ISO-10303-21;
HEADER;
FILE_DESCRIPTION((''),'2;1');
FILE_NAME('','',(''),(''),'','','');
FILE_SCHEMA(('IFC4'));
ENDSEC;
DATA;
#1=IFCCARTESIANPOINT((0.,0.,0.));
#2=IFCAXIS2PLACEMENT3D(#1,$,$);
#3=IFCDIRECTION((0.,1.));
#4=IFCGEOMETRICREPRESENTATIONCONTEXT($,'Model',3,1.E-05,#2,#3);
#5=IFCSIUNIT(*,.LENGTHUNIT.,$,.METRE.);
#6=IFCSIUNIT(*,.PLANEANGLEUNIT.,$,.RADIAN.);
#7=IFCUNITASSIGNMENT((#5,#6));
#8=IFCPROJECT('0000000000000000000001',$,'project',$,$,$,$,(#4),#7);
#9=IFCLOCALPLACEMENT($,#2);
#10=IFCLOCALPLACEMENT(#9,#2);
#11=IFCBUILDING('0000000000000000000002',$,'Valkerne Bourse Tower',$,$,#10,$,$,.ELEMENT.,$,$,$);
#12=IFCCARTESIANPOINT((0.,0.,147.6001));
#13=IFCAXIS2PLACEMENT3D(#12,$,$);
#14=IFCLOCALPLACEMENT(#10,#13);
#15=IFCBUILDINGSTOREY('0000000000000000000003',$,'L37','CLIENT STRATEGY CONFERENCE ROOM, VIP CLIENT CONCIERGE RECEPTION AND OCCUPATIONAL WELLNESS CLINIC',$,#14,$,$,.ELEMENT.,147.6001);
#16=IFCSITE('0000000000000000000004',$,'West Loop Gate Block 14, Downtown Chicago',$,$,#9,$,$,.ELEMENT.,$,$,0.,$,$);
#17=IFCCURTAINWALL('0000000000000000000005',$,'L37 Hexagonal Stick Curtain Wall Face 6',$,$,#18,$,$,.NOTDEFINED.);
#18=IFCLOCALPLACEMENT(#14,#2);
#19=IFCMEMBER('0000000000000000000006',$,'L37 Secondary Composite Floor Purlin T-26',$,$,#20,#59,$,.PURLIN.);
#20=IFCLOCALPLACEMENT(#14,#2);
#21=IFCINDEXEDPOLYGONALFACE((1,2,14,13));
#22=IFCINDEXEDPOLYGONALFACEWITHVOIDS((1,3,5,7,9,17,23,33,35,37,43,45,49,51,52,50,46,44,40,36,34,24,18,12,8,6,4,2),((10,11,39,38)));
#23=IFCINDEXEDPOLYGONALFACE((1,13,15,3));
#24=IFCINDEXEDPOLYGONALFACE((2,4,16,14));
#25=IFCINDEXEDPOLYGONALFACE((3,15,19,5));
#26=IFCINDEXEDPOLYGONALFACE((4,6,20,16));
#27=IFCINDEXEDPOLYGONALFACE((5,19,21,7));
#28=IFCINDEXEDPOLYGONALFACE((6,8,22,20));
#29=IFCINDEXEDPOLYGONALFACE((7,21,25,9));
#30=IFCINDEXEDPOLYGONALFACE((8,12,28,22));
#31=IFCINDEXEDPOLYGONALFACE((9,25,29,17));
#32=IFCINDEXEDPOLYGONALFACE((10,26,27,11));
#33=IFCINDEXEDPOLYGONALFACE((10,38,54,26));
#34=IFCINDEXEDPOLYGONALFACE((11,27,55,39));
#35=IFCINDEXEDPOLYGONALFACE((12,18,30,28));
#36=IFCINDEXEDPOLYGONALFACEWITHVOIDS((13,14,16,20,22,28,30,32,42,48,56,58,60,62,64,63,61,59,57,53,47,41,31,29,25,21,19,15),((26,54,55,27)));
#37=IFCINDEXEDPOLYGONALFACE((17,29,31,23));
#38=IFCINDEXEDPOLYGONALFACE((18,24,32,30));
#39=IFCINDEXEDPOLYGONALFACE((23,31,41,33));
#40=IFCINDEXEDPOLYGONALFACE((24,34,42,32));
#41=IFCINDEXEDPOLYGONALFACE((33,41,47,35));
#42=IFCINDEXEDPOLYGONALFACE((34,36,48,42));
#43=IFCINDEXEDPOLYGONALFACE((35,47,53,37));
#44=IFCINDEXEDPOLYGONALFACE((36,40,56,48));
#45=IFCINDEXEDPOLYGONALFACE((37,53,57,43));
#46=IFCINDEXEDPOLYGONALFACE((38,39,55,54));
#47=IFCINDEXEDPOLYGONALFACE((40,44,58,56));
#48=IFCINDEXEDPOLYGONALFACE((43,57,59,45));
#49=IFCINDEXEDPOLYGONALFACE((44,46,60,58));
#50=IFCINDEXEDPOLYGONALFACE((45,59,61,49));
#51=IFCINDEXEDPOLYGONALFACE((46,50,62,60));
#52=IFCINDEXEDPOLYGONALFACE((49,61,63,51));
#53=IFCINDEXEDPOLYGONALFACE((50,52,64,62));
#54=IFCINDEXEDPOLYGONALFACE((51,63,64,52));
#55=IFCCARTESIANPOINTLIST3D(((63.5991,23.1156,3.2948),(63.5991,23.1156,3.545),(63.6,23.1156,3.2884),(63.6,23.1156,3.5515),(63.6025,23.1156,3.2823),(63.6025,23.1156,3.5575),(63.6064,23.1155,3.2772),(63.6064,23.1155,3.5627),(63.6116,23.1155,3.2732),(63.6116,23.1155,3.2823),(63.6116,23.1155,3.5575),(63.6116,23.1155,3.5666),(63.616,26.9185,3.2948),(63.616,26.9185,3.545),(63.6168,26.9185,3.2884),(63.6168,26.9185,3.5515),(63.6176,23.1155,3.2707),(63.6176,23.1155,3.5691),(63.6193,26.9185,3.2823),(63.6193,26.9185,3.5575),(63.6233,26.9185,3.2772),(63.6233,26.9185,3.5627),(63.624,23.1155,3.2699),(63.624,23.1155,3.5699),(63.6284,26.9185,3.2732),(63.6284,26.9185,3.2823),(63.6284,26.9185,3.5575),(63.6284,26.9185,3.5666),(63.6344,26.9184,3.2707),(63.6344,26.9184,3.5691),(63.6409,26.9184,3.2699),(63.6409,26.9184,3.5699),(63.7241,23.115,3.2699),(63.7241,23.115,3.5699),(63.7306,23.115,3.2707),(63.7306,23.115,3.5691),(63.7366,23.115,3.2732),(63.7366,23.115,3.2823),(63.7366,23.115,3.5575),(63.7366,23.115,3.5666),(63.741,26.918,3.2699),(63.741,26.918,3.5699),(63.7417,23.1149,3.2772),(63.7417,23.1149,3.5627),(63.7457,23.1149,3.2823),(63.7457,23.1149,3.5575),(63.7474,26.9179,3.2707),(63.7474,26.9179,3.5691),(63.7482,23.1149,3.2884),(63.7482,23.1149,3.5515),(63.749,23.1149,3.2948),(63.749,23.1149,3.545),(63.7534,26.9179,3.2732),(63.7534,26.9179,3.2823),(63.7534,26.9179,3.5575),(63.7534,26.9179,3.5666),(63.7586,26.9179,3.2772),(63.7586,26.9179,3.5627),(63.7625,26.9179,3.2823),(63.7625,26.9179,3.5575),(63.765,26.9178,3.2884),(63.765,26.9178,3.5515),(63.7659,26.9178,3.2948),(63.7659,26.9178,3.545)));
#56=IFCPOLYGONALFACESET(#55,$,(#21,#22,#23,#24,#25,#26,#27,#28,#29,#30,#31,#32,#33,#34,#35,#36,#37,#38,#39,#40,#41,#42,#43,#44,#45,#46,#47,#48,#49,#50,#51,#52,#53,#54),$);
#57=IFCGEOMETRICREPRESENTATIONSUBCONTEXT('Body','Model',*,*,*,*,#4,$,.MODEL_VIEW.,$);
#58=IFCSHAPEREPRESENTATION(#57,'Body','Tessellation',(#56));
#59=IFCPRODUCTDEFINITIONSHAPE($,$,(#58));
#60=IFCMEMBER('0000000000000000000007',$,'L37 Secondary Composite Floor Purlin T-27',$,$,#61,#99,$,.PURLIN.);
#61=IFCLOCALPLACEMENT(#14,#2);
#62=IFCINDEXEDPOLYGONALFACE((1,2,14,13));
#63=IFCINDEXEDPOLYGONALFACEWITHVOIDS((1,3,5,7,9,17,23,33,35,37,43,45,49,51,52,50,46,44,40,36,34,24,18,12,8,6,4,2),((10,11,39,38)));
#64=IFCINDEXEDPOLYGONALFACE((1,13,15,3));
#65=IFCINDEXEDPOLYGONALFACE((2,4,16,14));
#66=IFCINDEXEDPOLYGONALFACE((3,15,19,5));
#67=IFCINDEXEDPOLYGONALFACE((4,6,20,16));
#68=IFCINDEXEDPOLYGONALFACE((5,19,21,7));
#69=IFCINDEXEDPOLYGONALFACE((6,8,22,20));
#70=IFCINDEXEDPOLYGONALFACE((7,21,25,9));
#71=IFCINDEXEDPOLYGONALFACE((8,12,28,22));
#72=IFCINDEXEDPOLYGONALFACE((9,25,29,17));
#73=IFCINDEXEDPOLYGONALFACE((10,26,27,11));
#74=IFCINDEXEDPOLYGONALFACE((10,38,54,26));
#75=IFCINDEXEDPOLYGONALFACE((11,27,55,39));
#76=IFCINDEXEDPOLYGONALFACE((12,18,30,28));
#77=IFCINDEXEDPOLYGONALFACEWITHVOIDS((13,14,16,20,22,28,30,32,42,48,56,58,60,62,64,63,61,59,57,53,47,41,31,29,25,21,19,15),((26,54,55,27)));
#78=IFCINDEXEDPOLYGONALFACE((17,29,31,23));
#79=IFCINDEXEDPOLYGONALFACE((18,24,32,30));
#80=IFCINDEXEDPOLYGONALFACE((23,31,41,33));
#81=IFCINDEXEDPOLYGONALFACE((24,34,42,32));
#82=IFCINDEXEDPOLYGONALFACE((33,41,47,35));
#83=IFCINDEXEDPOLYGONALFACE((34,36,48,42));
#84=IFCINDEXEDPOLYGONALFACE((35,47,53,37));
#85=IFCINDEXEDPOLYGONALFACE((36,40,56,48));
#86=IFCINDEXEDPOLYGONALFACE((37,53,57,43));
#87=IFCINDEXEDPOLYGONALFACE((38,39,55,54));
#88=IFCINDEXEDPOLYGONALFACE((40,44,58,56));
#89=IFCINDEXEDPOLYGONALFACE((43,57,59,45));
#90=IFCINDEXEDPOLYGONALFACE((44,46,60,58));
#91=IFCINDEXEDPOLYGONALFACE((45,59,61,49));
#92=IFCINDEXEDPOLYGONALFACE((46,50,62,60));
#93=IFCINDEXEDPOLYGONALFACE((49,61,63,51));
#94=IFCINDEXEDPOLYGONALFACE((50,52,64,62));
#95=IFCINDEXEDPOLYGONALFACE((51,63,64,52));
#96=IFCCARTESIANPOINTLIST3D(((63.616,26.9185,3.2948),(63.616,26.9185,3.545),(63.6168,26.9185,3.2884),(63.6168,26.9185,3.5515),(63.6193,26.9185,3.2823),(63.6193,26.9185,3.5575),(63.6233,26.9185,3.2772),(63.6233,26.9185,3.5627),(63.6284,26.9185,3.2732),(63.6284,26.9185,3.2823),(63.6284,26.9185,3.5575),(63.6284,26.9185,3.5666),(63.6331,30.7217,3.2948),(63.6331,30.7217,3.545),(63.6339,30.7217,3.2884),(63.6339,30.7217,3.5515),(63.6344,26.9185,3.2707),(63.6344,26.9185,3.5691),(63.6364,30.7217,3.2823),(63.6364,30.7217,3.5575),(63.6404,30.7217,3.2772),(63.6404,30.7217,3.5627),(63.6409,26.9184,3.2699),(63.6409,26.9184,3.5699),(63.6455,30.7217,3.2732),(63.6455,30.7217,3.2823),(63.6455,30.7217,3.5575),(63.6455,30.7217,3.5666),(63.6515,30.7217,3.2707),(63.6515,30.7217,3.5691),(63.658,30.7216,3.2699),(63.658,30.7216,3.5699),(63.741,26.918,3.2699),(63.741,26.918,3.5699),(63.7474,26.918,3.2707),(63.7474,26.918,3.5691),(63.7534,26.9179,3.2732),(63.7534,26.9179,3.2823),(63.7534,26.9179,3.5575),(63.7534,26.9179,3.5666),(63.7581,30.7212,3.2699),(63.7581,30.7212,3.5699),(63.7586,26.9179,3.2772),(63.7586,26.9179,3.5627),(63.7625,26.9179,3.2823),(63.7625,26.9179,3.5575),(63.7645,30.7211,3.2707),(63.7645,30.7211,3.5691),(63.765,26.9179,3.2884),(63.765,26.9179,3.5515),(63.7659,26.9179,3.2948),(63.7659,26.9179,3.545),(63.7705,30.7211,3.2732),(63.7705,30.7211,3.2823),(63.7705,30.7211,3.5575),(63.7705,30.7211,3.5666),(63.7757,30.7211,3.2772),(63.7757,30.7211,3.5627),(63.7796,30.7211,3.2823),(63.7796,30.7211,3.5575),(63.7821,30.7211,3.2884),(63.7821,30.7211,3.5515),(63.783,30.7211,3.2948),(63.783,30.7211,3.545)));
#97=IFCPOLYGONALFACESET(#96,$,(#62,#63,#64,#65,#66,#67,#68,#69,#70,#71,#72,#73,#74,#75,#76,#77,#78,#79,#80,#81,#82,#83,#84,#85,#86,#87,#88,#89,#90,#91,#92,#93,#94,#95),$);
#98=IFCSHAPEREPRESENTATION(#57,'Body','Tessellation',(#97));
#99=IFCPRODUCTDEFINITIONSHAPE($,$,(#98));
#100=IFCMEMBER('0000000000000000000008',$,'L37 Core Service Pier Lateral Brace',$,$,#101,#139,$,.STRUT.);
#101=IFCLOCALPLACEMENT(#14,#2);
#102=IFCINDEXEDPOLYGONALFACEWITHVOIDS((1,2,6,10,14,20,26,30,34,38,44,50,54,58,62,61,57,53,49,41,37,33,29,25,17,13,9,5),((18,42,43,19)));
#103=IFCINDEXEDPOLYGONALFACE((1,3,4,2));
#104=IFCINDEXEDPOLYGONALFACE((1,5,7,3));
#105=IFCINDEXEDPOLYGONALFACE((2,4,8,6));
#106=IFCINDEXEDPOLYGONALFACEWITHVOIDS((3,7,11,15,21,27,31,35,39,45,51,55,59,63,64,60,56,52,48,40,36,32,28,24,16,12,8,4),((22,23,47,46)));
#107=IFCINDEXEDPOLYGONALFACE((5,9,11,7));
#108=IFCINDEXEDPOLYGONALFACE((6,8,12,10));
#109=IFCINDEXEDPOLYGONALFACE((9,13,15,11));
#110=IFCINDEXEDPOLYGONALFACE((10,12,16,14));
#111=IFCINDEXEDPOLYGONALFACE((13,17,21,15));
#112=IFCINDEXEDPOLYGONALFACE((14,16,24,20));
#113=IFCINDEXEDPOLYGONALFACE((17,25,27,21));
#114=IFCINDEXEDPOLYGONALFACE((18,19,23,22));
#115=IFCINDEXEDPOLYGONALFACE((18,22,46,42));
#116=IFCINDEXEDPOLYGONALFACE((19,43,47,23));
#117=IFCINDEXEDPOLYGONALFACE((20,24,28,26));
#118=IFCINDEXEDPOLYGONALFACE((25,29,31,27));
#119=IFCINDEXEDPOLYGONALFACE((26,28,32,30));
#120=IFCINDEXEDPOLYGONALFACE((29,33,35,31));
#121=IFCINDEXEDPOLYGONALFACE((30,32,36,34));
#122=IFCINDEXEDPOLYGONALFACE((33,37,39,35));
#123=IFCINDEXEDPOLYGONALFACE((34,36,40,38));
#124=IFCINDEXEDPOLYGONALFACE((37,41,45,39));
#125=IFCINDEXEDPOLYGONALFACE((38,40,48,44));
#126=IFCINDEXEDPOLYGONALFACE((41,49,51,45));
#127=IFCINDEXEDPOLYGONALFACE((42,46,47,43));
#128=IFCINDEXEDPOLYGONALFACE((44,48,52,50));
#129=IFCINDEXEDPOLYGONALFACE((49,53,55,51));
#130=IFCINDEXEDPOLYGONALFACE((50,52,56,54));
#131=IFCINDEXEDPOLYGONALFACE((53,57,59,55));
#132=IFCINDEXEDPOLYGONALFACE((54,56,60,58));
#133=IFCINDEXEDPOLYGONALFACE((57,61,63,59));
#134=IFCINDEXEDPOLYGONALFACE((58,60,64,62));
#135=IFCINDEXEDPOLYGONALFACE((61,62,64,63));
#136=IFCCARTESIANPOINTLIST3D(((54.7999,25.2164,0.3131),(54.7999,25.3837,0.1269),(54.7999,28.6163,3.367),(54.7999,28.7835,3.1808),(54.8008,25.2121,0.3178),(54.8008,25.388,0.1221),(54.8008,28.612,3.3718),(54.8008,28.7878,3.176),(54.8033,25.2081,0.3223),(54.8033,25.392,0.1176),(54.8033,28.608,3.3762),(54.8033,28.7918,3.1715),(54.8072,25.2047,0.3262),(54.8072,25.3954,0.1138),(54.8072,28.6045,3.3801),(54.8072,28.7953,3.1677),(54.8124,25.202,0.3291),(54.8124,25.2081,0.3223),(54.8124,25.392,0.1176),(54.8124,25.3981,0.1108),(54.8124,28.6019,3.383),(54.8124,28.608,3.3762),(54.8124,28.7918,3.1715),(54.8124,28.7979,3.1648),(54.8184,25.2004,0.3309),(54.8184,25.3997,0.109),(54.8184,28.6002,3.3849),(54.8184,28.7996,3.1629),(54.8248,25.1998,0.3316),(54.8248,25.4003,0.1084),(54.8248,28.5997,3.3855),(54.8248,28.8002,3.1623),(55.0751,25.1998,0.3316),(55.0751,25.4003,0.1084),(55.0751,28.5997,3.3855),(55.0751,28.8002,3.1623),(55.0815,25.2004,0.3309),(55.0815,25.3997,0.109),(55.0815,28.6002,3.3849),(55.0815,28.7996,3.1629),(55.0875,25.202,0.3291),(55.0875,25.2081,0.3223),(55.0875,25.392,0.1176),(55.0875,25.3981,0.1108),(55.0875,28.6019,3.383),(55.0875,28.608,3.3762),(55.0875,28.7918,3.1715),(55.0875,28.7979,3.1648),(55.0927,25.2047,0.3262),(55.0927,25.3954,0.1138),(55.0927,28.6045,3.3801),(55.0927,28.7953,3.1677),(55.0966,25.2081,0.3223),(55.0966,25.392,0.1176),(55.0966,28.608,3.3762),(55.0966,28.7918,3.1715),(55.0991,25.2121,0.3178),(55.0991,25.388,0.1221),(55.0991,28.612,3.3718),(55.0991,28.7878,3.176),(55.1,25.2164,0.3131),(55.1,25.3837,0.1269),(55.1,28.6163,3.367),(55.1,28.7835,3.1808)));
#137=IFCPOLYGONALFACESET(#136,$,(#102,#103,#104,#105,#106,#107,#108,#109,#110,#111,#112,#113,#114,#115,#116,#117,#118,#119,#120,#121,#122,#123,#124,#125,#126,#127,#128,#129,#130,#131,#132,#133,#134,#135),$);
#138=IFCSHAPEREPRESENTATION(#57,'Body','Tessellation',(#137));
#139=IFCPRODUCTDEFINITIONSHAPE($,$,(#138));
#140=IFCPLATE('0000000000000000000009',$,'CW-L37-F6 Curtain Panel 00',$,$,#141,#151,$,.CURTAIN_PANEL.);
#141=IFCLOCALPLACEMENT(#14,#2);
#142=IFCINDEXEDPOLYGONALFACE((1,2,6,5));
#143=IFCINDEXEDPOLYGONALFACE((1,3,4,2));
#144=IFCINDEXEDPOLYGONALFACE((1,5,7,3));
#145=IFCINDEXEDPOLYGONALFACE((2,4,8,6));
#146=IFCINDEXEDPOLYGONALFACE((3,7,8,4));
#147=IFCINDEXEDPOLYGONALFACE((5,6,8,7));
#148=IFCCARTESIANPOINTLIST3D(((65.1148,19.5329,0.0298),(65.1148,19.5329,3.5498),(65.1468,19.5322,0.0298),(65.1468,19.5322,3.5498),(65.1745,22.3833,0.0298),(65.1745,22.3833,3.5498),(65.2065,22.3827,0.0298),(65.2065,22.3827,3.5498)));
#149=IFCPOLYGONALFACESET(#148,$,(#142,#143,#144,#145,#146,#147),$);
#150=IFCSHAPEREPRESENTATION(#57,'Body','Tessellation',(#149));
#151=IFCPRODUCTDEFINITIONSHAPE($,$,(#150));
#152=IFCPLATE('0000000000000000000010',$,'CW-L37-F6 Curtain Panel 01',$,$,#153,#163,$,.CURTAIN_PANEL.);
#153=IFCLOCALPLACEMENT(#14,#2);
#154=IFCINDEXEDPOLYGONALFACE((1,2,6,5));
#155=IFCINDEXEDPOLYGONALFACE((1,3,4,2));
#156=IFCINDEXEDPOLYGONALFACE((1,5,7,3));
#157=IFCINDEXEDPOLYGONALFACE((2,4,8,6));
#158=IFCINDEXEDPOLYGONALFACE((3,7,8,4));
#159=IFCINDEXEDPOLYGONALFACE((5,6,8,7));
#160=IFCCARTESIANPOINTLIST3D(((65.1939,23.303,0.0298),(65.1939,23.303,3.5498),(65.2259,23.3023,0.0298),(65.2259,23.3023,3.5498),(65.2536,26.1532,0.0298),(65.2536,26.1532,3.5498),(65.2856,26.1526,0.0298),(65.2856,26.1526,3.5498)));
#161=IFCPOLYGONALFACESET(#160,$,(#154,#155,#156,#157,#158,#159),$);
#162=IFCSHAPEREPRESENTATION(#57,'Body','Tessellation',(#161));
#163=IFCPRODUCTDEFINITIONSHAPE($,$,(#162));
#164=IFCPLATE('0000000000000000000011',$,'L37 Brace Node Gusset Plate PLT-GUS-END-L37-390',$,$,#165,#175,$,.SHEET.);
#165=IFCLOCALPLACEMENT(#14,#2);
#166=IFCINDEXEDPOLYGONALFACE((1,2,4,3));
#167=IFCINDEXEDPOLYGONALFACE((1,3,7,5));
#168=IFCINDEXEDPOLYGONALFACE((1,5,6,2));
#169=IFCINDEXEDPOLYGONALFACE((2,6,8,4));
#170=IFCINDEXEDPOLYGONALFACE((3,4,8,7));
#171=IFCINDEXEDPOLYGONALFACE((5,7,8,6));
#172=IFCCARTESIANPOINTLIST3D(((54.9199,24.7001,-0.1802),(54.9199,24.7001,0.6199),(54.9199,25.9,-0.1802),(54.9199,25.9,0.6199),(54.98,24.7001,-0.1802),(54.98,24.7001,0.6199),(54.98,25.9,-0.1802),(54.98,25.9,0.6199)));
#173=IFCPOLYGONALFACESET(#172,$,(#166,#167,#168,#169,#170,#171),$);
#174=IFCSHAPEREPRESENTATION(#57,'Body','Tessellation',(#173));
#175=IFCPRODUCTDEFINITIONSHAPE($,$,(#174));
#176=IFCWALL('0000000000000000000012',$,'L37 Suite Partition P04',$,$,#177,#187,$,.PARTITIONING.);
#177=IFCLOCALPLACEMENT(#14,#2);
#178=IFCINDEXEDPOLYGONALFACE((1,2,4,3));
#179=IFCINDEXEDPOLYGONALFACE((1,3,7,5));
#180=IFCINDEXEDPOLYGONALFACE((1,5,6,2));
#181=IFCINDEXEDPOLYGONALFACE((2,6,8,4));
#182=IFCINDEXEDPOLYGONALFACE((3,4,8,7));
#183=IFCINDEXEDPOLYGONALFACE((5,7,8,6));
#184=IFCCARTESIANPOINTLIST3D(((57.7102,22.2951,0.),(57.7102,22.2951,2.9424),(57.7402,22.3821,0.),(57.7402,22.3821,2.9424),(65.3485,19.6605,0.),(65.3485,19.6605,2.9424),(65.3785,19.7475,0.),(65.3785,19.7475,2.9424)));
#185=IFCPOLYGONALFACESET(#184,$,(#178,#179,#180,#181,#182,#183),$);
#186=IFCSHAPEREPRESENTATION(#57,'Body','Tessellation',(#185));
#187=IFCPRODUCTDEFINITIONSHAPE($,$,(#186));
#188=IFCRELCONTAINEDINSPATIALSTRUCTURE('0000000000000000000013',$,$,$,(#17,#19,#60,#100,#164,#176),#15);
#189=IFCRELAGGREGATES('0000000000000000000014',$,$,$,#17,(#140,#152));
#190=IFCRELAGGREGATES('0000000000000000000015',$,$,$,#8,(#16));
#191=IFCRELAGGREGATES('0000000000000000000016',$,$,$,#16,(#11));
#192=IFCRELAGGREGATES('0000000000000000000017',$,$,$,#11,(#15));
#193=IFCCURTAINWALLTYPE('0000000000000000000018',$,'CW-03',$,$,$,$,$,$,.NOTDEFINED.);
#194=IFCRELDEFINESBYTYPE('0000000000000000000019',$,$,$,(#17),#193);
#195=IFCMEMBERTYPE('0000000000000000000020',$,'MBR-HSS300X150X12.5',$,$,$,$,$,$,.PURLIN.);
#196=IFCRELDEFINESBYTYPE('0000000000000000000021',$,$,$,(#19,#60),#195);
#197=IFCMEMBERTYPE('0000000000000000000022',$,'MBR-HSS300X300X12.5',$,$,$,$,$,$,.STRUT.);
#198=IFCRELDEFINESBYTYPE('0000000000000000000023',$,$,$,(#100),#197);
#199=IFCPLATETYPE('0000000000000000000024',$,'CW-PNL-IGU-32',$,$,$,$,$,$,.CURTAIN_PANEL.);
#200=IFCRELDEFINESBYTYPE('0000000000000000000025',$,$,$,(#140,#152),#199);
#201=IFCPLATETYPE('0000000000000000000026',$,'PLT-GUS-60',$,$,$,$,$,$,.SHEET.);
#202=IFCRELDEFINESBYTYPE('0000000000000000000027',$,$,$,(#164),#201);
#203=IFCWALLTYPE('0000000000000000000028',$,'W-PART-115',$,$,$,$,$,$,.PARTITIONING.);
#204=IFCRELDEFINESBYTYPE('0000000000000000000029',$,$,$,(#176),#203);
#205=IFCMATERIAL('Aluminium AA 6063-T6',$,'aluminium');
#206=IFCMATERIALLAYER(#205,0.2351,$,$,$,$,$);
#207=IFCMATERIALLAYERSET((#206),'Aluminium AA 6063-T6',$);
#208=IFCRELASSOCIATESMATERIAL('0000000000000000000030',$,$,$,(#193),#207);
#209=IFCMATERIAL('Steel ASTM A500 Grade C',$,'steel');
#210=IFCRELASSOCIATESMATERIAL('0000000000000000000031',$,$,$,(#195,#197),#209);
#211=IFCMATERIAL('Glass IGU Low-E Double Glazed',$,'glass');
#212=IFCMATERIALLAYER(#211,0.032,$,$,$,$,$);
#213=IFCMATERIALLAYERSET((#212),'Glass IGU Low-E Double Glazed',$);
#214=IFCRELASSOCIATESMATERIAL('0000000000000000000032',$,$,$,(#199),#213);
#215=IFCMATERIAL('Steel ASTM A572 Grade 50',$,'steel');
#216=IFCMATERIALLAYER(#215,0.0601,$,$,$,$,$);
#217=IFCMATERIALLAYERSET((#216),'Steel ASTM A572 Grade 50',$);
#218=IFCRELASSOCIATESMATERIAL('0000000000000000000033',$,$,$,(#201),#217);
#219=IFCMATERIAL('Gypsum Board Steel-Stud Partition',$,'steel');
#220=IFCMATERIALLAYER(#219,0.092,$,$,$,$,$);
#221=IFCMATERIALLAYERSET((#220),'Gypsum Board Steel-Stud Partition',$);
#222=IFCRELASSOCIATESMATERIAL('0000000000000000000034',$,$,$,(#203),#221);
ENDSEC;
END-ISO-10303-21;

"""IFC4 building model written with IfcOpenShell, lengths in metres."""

from ifc_helpers import new_model, si_unit, direction, frame, frame_2d, origin, origin_2d, place, context, subcontext, project, spatial, rectangle, hollow_rectangle, extrude, material, layer, layer_set, material_profile, profile_set, type_object, element, aggregate, save


model = new_model("IFC4")

# Units and contexts
model_context = context("Model", 3, precision=1e-05, world=origin(), true_north=direction((0.0, 1.0)))
body_context = subcontext(model_context, "Body", "Model", "MODEL_VIEW")
ifc_project = project(units=[si_unit("LENGTHUNIT", "METRE"), si_unit("PLANEANGLEUNIT", "RADIAN")], contexts=[model_context])

# Site, building, storey
site_placement = place(None, origin())
site = spatial("IfcSite", under=ifc_project, at=site_placement, Name="West Loop Gate Block 14, Downtown Chicago", CompositionType="ELEMENT", RefElevation=0.0)
building_placement = place(site_placement, origin())
building = spatial("IfcBuilding", under=site, at=building_placement, Name="Valkerne Bourse Tower", CompositionType="ELEMENT")
storey_placement = place(building_placement, frame((0.0, 0.0, 147.6001)))
storey = spatial("IfcBuildingStorey", under=building, at=storey_placement, Name="L37", Description="CLIENT STRATEGY CONFERENCE ROOM, VIP CLIENT CONCIERGE RECEPTION AND OCCUPATIONAL WELLNESS CLINIC", CompositionType="ELEMENT", Elevation=147.6001)

# Curtain wall
ifc_material_1 = material(Name="Aluminium AA 6063-T6", Category="aluminium")
ifc_layer_1 = layer(ifc_material_1, 0.2351)
ifc_layer_set_1 = layer_set([ifc_layer_1], Name="Aluminium AA 6063-T6")
curtain_wall_type = type_object("IfcCurtainWallType", Name="CW-03", PredefinedType="NOTDEFINED", material=ifc_layer_set_1)
curtain_wall_placement = place(storey_placement, origin())
curtain_wall = element("IfcCurtainWall", 1, at=curtain_wall_placement, inside=storey, type_object=curtain_wall_type, Name="L37 Hexagonal Stick Curtain Wall Face 6", PredefinedType="NOTDEFINED")

# Members
ifc_material_2 = material(Name="Steel ASTM A500 Grade C", Category="steel")
ifc_material_profile_1 = material_profile(ifc_material_2, hollow_rectangle(XDim=0.1499, YDim=0.3, WallThickness=0.0125, OuterFilletRadius=0.0249, at=origin_2d()), Name="HSS300X150X12.5")
ifc_profile_set_1 = profile_set([ifc_material_profile_1], Name="Steel ASTM A500 Grade C")
member_type_1 = type_object("IfcMemberType", Name="MBR-HSS300X150X12.5", PredefinedType="PURLIN", material=ifc_profile_set_1)
member_1_placement = place(storey_placement, frame((63.6741, 23.1152, 3.4199), z_axis=(0.00443, 0.99999, 0.0), x_axis=(-0.99999, 0.00443, 0.0)))
element("IfcMember", 2, at=member_1_placement, inside=storey, type_object=member_type_1, Name="L37 Secondary Composite Floor Purlin T-26", PredefinedType="PURLIN", context=body_context, shape_type="SweptSolid", body=[
    extrude(hollow_rectangle(XDim=0.1499, YDim=0.3, WallThickness=0.0125, OuterFilletRadius=0.0249, at=origin_2d()), origin(), (0.0, 0.0, 1.0), 3.803),
])
member_2_placement = place(storey_placement, frame((63.6909, 26.9182, 3.4199), z_axis=(0.004493, 0.99999, 0.0), x_axis=(-0.99999, 0.004493, 0.0)))
element("IfcMember", 3, at=member_2_placement, inside=storey, type_object=member_type_1, Name="L37 Secondary Composite Floor Purlin T-27", PredefinedType="PURLIN", context=body_context, shape_type="SweptSolid", body=[
    extrude(hollow_rectangle(XDim=0.1499, YDim=0.3, WallThickness=0.0125, OuterFilletRadius=0.0249, at=origin_2d()), origin(), (0.0, 0.0, 1.0), 3.8032),
])
ifc_material_profile_2 = material_profile(ifc_material_2, hollow_rectangle(XDim=0.3, YDim=0.3, WallThickness=0.0125, OuterFilletRadius=0.0249, at=origin_2d()), Name="HSS300X300X12.5")
ifc_profile_set_2 = profile_set([ifc_material_profile_2], Name="Steel ASTM A500 Grade C")
member_type_2 = type_object("IfcMemberType", Name="MBR-HSS300X300X12.5", PredefinedType="STRUT", material=ifc_profile_set_2)
member_3_placement = place(storey_placement, frame((54.95, 25.3, 0.22), z_axis=(0.0, 0.743942, 0.668244), x_axis=(-1.0, 0.0, 0.0)))
element("IfcMember", 4, at=member_3_placement, inside=storey, type_object=member_type_2, Name="L37 Core Service Pier Lateral Brace", PredefinedType="STRUT", context=body_context, shape_type="SweptSolid", body=[
    extrude(hollow_rectangle(XDim=0.3, YDim=0.3, WallThickness=0.0125, OuterFilletRadius=0.0249, at=origin_2d()), origin(), (0.0, 0.0, 1.0), 4.5701),
])

# Plates
ifc_material_3 = material(Name="Glass IGU Low-E Double Glazed", Category="glass")
ifc_layer_2 = layer(ifc_material_3, 0.032)
ifc_layer_set_2 = layer_set([ifc_layer_2], Name="Glass IGU Low-E Double Glazed")
plate_type_1 = type_object("IfcPlateType", Name="CW-PNL-IGU-32", PredefinedType="CURTAIN_PANEL", material=ifc_layer_set_2)
plate_1_placement = place(storey_placement, frame((65.1606, 20.9578, 0.0298), z_axis=(0.0, 0.0, 1.0), x_axis=(0.020949, 0.999781, 0.0)))
plate_1 = element("IfcPlate", 5, at=plate_1_placement, type_object=plate_type_1, Name="CW-L37-F6 Curtain Panel 00", PredefinedType="CURTAIN_PANEL", context=body_context, shape_type="SweptSolid", body=[
    extrude(rectangle(XDim=2.8511, YDim=0.032, at=origin_2d()), origin(), (0.0, 0.0, 1.0), 3.52),
])
plate_2_placement = place(storey_placement, frame((65.2397, 24.7278, 0.0298), z_axis=(0.0, 0.0, 1.0), x_axis=(0.02095, 0.999781, 0.0)))
plate_2 = element("IfcPlate", 6, at=plate_2_placement, type_object=plate_type_1, Name="CW-L37-F6 Curtain Panel 01", PredefinedType="CURTAIN_PANEL", context=body_context, shape_type="SweptSolid", body=[
    extrude(rectangle(XDim=2.8508, YDim=0.032, at=origin_2d()), origin(), (0.0, 0.0, 1.0), 3.52),
])
aggregate(curtain_wall, [plate_1, plate_2])
ifc_material_4 = material(Name="Steel ASTM A572 Grade 50", Category="steel")
ifc_layer_3 = layer(ifc_material_4, 0.0601)
ifc_layer_set_3 = layer_set([ifc_layer_3], Name="Steel ASTM A572 Grade 50")
plate_type_2 = type_object("IfcPlateType", Name="PLT-GUS-60", PredefinedType="SHEET", material=ifc_layer_set_3)
plate_3_placement = place(storey_placement, frame((54.95, 25.3, -0.1802), z_axis=(0.0, 0.0, 1.0), x_axis=(0.0, 1.0, 0.0)))
element("IfcPlate", 7, at=plate_3_placement, inside=storey, type_object=plate_type_2, Name="L37 Brace Node Gusset Plate PLT-GUS-END-L37-390", PredefinedType="SHEET", context=body_context, shape_type="SweptSolid", body=[
    extrude(rectangle(XDim=1.2, YDim=0.0601, at=origin_2d()), origin(), (0.0, 0.0, 1.0), 0.8),
])

# Wall
ifc_material_5 = material(Name="Gypsum Board Steel-Stud Partition", Category="steel")
ifc_layer_4 = layer(ifc_material_5, 0.092)
ifc_layer_set_4 = layer_set([ifc_layer_4], Name="Gypsum Board Steel-Stud Partition")
wall_type = type_object("IfcWallType", Name="W-PART-115", PredefinedType="PARTITIONING", material=ifc_layer_set_4)
wall_placement = place(storey_placement, frame((57.7251, 22.3386, 0.0), z_axis=(0.0, 0.0, 1.0), x_axis=(0.945348, -0.326064, 0.0)))
element("IfcWall", 8, at=wall_placement, inside=storey, type_object=wall_type, Name="L37 Suite Partition P04", PredefinedType="PARTITIONING", context=body_context, shape_type="SweptSolid", body=[
    extrude(rectangle(XDim=8.0798, YDim=0.092, at=frame_2d((4.04, 0.0))), origin(), (0.0, 0.0, 1.0), 2.9424),
])

save(model, "model.ifc")
